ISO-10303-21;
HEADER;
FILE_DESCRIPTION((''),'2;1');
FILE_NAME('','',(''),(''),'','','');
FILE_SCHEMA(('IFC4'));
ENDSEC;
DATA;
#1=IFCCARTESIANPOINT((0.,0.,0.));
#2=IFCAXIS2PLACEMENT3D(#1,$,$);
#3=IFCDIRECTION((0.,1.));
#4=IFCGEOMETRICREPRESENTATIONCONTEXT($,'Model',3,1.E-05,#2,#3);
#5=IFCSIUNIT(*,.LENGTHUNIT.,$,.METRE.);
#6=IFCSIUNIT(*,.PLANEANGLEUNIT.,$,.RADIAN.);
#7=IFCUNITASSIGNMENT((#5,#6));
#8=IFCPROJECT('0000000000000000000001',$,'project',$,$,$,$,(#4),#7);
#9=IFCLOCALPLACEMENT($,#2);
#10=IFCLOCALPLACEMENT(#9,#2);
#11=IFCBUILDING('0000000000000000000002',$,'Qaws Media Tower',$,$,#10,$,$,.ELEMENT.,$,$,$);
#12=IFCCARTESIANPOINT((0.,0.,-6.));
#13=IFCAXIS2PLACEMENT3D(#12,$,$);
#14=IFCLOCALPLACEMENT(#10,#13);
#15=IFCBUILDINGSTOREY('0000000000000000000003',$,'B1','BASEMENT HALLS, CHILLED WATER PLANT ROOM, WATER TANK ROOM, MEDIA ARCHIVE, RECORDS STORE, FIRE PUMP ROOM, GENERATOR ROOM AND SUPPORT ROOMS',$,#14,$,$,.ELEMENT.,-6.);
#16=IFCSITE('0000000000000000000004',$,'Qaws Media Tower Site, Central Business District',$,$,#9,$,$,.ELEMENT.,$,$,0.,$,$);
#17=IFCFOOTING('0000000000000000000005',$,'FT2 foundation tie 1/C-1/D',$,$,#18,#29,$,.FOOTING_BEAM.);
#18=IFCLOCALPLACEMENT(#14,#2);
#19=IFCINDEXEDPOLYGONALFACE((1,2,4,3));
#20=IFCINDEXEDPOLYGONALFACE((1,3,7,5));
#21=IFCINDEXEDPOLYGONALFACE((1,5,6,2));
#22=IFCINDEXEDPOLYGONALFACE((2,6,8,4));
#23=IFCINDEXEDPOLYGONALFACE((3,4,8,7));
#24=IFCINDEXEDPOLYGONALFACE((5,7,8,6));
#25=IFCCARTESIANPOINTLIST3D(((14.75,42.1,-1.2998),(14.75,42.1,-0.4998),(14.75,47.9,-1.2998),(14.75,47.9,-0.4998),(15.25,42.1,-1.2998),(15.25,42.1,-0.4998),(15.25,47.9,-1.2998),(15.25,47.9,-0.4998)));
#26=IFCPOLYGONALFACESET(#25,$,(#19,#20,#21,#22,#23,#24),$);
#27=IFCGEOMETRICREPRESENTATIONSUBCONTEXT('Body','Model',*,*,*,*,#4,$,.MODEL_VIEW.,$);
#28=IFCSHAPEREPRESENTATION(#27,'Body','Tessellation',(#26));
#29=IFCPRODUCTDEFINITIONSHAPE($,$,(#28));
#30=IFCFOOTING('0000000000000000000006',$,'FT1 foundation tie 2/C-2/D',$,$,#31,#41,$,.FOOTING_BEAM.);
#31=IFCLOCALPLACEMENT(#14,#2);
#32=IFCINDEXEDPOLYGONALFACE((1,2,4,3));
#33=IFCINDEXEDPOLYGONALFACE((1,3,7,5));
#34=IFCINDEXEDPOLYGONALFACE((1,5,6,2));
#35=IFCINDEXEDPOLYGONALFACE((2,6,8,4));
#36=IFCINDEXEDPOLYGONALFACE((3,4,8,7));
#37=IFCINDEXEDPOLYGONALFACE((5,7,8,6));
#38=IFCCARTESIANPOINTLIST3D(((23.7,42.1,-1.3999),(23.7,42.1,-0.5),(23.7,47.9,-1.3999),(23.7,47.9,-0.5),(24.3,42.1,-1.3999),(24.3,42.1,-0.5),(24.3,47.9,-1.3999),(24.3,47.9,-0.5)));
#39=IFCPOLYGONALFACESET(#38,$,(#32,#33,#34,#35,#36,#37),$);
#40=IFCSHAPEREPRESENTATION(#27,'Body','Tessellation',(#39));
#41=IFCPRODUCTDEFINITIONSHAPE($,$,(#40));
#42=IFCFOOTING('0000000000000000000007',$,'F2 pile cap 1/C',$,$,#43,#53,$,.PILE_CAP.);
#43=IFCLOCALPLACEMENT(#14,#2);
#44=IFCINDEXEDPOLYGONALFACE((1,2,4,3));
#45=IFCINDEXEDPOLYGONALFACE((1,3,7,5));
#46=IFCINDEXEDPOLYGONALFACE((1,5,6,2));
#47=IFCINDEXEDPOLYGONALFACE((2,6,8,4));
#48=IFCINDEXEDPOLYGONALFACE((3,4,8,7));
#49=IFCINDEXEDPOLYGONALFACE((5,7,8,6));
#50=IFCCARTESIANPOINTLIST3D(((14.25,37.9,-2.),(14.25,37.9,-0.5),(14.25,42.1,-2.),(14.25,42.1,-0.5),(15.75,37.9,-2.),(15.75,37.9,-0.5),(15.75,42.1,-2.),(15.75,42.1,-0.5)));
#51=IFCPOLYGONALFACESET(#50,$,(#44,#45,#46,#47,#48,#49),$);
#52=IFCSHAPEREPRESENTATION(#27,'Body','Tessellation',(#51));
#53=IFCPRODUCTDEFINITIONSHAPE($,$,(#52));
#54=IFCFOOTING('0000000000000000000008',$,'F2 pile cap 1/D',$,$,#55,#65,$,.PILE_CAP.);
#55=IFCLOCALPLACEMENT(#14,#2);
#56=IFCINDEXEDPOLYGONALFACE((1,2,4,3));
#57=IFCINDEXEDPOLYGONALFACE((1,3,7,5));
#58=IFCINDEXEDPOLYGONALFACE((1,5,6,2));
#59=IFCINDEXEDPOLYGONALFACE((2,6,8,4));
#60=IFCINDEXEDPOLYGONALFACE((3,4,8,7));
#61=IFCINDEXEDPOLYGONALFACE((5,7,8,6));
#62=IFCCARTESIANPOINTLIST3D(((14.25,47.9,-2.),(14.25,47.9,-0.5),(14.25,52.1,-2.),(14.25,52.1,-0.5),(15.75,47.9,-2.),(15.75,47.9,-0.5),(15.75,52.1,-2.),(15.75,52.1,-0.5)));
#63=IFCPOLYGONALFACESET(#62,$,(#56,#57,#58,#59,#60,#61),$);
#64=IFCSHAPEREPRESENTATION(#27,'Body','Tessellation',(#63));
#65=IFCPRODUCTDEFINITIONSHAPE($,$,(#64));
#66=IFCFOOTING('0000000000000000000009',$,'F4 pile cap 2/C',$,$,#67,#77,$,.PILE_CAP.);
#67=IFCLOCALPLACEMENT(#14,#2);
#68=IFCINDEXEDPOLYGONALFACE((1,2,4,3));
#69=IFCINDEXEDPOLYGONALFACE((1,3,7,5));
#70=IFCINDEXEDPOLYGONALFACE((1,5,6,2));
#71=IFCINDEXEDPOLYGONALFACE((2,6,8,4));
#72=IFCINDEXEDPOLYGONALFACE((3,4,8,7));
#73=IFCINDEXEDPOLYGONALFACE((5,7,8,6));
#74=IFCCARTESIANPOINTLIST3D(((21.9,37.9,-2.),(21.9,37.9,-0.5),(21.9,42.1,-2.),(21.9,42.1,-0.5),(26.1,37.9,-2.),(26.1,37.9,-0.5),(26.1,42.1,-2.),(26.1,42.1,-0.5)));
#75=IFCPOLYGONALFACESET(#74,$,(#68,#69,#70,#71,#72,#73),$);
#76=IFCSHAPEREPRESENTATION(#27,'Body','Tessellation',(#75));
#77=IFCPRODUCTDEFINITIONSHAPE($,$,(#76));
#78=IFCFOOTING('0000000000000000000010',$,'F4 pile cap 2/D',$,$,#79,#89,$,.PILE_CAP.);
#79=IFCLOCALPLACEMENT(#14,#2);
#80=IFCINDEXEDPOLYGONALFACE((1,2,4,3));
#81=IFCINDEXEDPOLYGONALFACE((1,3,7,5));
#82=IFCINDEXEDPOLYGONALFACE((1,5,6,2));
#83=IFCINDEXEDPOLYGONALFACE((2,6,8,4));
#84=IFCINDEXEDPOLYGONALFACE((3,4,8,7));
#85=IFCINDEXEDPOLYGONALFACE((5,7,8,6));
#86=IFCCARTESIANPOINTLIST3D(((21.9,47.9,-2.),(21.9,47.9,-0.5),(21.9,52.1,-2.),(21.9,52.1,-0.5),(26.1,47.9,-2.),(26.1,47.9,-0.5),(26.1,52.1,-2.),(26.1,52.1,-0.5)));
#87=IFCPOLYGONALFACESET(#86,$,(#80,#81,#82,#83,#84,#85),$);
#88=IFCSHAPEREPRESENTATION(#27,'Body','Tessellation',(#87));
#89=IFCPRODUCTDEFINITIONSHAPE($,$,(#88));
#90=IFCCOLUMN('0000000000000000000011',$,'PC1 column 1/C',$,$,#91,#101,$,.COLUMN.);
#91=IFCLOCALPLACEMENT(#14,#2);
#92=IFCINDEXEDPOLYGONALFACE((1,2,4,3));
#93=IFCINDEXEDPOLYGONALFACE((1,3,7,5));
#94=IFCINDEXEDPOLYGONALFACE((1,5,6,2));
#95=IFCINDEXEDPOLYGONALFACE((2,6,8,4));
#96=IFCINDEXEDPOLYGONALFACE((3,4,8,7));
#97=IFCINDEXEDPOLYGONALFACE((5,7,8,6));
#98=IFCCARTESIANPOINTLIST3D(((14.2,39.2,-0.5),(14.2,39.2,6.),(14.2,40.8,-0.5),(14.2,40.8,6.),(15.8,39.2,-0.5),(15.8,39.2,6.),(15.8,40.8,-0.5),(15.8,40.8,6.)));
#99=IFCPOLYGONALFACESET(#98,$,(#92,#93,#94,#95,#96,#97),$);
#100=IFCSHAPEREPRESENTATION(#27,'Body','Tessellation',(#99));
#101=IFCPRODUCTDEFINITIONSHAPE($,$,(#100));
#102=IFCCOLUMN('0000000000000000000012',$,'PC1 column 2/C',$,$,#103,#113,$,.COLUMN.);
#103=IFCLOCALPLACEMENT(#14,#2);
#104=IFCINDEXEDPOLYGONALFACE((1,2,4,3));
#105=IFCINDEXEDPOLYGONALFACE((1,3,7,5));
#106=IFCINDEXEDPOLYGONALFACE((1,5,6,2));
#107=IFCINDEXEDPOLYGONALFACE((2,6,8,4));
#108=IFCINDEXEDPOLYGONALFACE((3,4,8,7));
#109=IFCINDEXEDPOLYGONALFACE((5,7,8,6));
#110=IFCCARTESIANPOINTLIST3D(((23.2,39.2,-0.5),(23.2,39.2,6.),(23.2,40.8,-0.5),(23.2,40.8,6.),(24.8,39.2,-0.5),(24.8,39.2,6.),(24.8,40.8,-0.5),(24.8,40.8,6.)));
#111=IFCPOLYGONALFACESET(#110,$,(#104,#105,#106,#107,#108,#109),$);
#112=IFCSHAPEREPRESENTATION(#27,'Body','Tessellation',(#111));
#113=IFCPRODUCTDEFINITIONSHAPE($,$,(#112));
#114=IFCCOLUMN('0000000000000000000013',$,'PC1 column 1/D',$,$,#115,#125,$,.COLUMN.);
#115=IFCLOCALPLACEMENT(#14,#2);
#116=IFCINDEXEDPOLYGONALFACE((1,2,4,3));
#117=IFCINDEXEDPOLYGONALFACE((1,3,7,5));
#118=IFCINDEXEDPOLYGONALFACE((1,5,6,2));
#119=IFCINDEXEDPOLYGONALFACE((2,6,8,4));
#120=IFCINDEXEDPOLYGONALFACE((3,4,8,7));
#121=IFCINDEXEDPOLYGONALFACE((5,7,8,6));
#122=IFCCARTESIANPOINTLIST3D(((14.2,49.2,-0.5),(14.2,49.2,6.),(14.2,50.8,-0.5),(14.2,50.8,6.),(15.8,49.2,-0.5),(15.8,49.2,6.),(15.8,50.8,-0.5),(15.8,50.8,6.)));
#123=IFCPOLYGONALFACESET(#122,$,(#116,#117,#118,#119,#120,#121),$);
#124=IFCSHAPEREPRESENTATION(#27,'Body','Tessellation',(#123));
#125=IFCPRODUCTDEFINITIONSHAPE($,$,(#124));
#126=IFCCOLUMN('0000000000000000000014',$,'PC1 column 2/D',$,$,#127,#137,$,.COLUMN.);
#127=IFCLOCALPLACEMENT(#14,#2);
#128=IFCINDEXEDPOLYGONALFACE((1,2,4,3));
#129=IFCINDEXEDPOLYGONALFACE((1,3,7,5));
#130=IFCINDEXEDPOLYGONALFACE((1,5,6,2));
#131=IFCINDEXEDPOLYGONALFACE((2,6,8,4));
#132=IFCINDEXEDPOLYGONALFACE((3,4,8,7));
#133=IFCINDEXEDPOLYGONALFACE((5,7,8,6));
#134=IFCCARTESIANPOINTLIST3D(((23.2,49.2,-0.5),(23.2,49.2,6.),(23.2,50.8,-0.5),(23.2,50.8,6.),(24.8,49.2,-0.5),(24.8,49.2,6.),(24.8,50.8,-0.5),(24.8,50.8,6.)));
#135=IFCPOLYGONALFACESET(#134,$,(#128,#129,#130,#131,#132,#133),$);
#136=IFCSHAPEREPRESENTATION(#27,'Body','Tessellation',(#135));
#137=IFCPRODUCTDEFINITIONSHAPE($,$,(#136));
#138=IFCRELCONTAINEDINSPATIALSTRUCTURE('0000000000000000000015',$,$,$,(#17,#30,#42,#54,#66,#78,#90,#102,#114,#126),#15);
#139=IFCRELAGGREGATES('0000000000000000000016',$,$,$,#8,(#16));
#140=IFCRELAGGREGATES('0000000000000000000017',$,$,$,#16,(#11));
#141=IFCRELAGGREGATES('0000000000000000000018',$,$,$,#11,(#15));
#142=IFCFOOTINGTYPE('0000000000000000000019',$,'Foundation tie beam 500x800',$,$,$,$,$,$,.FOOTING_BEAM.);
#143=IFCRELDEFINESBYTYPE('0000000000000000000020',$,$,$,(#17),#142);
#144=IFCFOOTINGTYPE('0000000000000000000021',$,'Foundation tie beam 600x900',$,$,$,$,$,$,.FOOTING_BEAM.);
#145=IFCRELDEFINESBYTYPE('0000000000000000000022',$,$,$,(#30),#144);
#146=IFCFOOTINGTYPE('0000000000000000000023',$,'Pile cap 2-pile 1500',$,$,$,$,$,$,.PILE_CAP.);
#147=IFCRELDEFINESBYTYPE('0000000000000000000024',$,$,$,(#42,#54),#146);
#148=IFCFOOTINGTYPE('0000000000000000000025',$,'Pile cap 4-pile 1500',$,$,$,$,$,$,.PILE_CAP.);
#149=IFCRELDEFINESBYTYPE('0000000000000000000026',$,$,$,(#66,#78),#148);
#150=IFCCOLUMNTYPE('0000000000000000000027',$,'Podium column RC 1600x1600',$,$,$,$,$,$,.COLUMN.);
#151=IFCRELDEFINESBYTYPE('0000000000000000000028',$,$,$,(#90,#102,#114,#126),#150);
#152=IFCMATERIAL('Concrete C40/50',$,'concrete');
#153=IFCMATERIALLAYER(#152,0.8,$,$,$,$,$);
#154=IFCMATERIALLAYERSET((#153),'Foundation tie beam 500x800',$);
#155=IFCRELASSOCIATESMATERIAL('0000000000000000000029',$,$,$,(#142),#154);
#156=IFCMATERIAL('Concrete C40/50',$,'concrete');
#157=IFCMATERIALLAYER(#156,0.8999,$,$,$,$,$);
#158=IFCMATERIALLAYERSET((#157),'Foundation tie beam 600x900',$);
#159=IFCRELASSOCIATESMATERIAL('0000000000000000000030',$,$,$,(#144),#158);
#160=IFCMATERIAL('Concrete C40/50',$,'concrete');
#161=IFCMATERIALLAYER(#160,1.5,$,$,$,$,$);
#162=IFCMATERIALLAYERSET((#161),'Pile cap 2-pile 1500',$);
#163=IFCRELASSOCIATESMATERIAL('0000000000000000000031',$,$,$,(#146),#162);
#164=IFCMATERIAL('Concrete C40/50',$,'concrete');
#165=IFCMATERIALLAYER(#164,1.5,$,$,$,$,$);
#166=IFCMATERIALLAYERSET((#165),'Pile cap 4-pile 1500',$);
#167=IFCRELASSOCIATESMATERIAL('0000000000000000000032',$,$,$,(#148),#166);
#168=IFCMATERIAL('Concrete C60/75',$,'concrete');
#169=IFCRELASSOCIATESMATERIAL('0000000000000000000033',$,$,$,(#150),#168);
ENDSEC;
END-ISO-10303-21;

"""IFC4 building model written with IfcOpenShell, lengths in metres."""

from ifc_helpers import new_model, si_unit, direction, frame, origin, origin_2d, place, context, subcontext, project, spatial, rectangle, extrude, material, layer, layer_set, material_profile, profile_set, type_object, element, save


model = new_model("IFC4")

# Units and contexts
model_context = context("Model", 3, precision=1e-05, world=origin(), true_north=direction((0.0, 1.0)))
body_context = subcontext(model_context, "Body", "Model", "MODEL_VIEW")
ifc_project = project(units=[si_unit("LENGTHUNIT", "METRE"), si_unit("PLANEANGLEUNIT", "RADIAN")], contexts=[model_context])

# Site, building, storey
site_placement = place(None, origin())
site = spatial("IfcSite", under=ifc_project, at=site_placement, Name="Qaws Media Tower Site, Central Business District", CompositionType="ELEMENT", RefElevation=0.0)
building_placement = place(site_placement, origin())
building = spatial("IfcBuilding", under=site, at=building_placement, Name="Qaws Media Tower", CompositionType="ELEMENT")
storey_placement = place(building_placement, frame((0.0, 0.0, -6.0)))
storey = spatial("IfcBuildingStorey", under=building, at=storey_placement, Name="B1", Description="BASEMENT HALLS, CHILLED WATER PLANT ROOM, WATER TANK ROOM, MEDIA ARCHIVE, RECORDS STORE, FIRE PUMP ROOM, GENERATOR ROOM AND SUPPORT ROOMS", CompositionType="ELEMENT", Elevation=-6.0)

# Footings
ifc_material_1 = material(Name="Concrete C40/50", Category="concrete")
ifc_layer_1 = layer(ifc_material_1, 0.8)
ifc_layer_set_1 = layer_set([ifc_layer_1], Name="Foundation tie beam 500x800")
footing_type_1 = type_object("IfcFootingType", Name="Foundation tie beam 500x800", PredefinedType="FOOTING_BEAM", material=ifc_layer_set_1)
footing_1_placement = place(storey_placement, frame((15.0, 45.0, -1.2998), z_axis=(0.0, 0.0, 1.0), x_axis=(1.0, 0.0, 0.0)))
element("IfcFooting", 1, at=footing_1_placement, inside=storey, type_object=footing_type_1, Name="FT2 foundation tie 1/C-1/D", PredefinedType="FOOTING_BEAM", context=body_context, shape_type="SweptSolid", body=[
    extrude(rectangle(XDim=0.5, YDim=5.8, at=origin_2d()), origin(), (0.0, 0.0, 1.0), 0.8),
])
ifc_material_2 = material(Name="Concrete C40/50", Category="concrete")
ifc_layer_2 = layer(ifc_material_2, 0.8999)
ifc_layer_set_2 = layer_set([ifc_layer_2], Name="Foundation tie beam 600x900")
footing_type_2 = type_object("IfcFootingType", Name="Foundation tie beam 600x900", PredefinedType="FOOTING_BEAM", material=ifc_layer_set_2)
footing_2_placement = place(storey_placement, frame((24.0, 45.0, -1.3999), z_axis=(0.0, 0.0, 1.0), x_axis=(1.0, 0.0, 0.0)))
element("IfcFooting", 2, at=footing_2_placement, inside=storey, type_object=footing_type_2, Name="FT1 foundation tie 2/C-2/D", PredefinedType="FOOTING_BEAM", context=body_context, shape_type="SweptSolid", body=[
    extrude(rectangle(XDim=0.6001, YDim=5.8, at=origin_2d()), origin(), (0.0, 0.0, 1.0), 0.8999),
])
ifc_material_3 = material(Name="Concrete C40/50", Category="concrete")
ifc_layer_3 = layer(ifc_material_3, 1.5)
ifc_layer_set_3 = layer_set([ifc_layer_3], Name="Pile cap 2-pile 1500")
footing_type_3 = type_object("IfcFootingType", Name="Pile cap 2-pile 1500", PredefinedType="PILE_CAP", material=ifc_layer_set_3)
for number, where, z_axis, x_axis, name in (
    (3, (15.0, 40.0, -2.0), (0.0, 0.0, 1.0), (1.0, 0.0, 0.0), "F2 pile cap 1/C"),
    (4, (15.0, 50.0, -2.0), (0.0, 0.0, 1.0), (1.0, 0.0, 0.0), "F2 pile cap 1/D"),
):
    element("IfcFooting", number, at=place(storey_placement, frame(where, z_axis=z_axis, x_axis=x_axis)), inside=storey, type_object=footing_type_3, Name=name, PredefinedType="PILE_CAP", context=body_context, shape_type="SweptSolid", body=[
        extrude(rectangle(XDim=1.5, YDim=4.2, at=origin_2d()), origin(), (0.0, 0.0, 1.0), 1.5),
    ])
ifc_material_4 = material(Name="Concrete C40/50", Category="concrete")
ifc_layer_4 = layer(ifc_material_4, 1.5)
ifc_layer_set_4 = layer_set([ifc_layer_4], Name="Pile cap 4-pile 1500")
footing_type_4 = type_object("IfcFootingType", Name="Pile cap 4-pile 1500", PredefinedType="PILE_CAP", material=ifc_layer_set_4)
for number, where, z_axis, x_axis, name in (
    (5, (24.0, 40.0, -2.0), (0.0, 0.0, 1.0), (1.0, 0.0, 0.0), "F4 pile cap 2/C"),
    (6, (24.0, 50.0, -2.0), (0.0, 0.0, 1.0), (1.0, 0.0, 0.0), "F4 pile cap 2/D"),
):
    element("IfcFooting", number, at=place(storey_placement, frame(where, z_axis=z_axis, x_axis=x_axis)), inside=storey, type_object=footing_type_4, Name=name, PredefinedType="PILE_CAP", context=body_context, shape_type="SweptSolid", body=[
        extrude(rectangle(XDim=4.2, YDim=4.2, at=origin_2d()), origin(), (0.0, 0.0, 1.0), 1.5),
    ])

# Columns
ifc_material_5 = material(Name="Concrete C60/75", Category="concrete")
ifc_material_profile_1 = material_profile(ifc_material_5, rectangle(XDim=1.6001, YDim=1.6001, at=origin_2d()), Name="RC 1600x1600")
ifc_profile_set_1 = profile_set([ifc_material_profile_1], Name="Concrete C60/75")
column_type = type_object("IfcColumnType", Name="Podium column RC 1600x1600", PredefinedType="COLUMN", material=ifc_profile_set_1)
for number, where, z_axis, x_axis, name in (
    (7, (15.0, 40.0, -0.5), (0.0, 0.0, 1.0), (1.0, 0.0, 0.0), "PC1 column 1/C"),
    (8, (24.0, 40.0, -0.5), (0.0, 0.0, 1.0), (1.0, 0.0, 0.0), "PC1 column 2/C"),
    (9, (15.0, 50.0, -0.5), (0.0, 0.0, 1.0), (1.0, 0.0, 0.0), "PC1 column 1/D"),
    (10, (24.0, 50.0, -0.5), (0.0, 0.0, 1.0), (1.0, 0.0, 0.0), "PC1 column 2/D"),
):
    element("IfcColumn", number, at=place(storey_placement, frame(where, z_axis=z_axis, x_axis=x_axis)), inside=storey, type_object=column_type, Name=name, PredefinedType="COLUMN", context=body_context, shape_type="SweptSolid", body=[
        extrude(rectangle(XDim=1.6001, YDim=1.6001, at=origin_2d()), origin(), (0.0, 0.0, 1.0), 6.5),
    ])

save(model, "model.ifc")
